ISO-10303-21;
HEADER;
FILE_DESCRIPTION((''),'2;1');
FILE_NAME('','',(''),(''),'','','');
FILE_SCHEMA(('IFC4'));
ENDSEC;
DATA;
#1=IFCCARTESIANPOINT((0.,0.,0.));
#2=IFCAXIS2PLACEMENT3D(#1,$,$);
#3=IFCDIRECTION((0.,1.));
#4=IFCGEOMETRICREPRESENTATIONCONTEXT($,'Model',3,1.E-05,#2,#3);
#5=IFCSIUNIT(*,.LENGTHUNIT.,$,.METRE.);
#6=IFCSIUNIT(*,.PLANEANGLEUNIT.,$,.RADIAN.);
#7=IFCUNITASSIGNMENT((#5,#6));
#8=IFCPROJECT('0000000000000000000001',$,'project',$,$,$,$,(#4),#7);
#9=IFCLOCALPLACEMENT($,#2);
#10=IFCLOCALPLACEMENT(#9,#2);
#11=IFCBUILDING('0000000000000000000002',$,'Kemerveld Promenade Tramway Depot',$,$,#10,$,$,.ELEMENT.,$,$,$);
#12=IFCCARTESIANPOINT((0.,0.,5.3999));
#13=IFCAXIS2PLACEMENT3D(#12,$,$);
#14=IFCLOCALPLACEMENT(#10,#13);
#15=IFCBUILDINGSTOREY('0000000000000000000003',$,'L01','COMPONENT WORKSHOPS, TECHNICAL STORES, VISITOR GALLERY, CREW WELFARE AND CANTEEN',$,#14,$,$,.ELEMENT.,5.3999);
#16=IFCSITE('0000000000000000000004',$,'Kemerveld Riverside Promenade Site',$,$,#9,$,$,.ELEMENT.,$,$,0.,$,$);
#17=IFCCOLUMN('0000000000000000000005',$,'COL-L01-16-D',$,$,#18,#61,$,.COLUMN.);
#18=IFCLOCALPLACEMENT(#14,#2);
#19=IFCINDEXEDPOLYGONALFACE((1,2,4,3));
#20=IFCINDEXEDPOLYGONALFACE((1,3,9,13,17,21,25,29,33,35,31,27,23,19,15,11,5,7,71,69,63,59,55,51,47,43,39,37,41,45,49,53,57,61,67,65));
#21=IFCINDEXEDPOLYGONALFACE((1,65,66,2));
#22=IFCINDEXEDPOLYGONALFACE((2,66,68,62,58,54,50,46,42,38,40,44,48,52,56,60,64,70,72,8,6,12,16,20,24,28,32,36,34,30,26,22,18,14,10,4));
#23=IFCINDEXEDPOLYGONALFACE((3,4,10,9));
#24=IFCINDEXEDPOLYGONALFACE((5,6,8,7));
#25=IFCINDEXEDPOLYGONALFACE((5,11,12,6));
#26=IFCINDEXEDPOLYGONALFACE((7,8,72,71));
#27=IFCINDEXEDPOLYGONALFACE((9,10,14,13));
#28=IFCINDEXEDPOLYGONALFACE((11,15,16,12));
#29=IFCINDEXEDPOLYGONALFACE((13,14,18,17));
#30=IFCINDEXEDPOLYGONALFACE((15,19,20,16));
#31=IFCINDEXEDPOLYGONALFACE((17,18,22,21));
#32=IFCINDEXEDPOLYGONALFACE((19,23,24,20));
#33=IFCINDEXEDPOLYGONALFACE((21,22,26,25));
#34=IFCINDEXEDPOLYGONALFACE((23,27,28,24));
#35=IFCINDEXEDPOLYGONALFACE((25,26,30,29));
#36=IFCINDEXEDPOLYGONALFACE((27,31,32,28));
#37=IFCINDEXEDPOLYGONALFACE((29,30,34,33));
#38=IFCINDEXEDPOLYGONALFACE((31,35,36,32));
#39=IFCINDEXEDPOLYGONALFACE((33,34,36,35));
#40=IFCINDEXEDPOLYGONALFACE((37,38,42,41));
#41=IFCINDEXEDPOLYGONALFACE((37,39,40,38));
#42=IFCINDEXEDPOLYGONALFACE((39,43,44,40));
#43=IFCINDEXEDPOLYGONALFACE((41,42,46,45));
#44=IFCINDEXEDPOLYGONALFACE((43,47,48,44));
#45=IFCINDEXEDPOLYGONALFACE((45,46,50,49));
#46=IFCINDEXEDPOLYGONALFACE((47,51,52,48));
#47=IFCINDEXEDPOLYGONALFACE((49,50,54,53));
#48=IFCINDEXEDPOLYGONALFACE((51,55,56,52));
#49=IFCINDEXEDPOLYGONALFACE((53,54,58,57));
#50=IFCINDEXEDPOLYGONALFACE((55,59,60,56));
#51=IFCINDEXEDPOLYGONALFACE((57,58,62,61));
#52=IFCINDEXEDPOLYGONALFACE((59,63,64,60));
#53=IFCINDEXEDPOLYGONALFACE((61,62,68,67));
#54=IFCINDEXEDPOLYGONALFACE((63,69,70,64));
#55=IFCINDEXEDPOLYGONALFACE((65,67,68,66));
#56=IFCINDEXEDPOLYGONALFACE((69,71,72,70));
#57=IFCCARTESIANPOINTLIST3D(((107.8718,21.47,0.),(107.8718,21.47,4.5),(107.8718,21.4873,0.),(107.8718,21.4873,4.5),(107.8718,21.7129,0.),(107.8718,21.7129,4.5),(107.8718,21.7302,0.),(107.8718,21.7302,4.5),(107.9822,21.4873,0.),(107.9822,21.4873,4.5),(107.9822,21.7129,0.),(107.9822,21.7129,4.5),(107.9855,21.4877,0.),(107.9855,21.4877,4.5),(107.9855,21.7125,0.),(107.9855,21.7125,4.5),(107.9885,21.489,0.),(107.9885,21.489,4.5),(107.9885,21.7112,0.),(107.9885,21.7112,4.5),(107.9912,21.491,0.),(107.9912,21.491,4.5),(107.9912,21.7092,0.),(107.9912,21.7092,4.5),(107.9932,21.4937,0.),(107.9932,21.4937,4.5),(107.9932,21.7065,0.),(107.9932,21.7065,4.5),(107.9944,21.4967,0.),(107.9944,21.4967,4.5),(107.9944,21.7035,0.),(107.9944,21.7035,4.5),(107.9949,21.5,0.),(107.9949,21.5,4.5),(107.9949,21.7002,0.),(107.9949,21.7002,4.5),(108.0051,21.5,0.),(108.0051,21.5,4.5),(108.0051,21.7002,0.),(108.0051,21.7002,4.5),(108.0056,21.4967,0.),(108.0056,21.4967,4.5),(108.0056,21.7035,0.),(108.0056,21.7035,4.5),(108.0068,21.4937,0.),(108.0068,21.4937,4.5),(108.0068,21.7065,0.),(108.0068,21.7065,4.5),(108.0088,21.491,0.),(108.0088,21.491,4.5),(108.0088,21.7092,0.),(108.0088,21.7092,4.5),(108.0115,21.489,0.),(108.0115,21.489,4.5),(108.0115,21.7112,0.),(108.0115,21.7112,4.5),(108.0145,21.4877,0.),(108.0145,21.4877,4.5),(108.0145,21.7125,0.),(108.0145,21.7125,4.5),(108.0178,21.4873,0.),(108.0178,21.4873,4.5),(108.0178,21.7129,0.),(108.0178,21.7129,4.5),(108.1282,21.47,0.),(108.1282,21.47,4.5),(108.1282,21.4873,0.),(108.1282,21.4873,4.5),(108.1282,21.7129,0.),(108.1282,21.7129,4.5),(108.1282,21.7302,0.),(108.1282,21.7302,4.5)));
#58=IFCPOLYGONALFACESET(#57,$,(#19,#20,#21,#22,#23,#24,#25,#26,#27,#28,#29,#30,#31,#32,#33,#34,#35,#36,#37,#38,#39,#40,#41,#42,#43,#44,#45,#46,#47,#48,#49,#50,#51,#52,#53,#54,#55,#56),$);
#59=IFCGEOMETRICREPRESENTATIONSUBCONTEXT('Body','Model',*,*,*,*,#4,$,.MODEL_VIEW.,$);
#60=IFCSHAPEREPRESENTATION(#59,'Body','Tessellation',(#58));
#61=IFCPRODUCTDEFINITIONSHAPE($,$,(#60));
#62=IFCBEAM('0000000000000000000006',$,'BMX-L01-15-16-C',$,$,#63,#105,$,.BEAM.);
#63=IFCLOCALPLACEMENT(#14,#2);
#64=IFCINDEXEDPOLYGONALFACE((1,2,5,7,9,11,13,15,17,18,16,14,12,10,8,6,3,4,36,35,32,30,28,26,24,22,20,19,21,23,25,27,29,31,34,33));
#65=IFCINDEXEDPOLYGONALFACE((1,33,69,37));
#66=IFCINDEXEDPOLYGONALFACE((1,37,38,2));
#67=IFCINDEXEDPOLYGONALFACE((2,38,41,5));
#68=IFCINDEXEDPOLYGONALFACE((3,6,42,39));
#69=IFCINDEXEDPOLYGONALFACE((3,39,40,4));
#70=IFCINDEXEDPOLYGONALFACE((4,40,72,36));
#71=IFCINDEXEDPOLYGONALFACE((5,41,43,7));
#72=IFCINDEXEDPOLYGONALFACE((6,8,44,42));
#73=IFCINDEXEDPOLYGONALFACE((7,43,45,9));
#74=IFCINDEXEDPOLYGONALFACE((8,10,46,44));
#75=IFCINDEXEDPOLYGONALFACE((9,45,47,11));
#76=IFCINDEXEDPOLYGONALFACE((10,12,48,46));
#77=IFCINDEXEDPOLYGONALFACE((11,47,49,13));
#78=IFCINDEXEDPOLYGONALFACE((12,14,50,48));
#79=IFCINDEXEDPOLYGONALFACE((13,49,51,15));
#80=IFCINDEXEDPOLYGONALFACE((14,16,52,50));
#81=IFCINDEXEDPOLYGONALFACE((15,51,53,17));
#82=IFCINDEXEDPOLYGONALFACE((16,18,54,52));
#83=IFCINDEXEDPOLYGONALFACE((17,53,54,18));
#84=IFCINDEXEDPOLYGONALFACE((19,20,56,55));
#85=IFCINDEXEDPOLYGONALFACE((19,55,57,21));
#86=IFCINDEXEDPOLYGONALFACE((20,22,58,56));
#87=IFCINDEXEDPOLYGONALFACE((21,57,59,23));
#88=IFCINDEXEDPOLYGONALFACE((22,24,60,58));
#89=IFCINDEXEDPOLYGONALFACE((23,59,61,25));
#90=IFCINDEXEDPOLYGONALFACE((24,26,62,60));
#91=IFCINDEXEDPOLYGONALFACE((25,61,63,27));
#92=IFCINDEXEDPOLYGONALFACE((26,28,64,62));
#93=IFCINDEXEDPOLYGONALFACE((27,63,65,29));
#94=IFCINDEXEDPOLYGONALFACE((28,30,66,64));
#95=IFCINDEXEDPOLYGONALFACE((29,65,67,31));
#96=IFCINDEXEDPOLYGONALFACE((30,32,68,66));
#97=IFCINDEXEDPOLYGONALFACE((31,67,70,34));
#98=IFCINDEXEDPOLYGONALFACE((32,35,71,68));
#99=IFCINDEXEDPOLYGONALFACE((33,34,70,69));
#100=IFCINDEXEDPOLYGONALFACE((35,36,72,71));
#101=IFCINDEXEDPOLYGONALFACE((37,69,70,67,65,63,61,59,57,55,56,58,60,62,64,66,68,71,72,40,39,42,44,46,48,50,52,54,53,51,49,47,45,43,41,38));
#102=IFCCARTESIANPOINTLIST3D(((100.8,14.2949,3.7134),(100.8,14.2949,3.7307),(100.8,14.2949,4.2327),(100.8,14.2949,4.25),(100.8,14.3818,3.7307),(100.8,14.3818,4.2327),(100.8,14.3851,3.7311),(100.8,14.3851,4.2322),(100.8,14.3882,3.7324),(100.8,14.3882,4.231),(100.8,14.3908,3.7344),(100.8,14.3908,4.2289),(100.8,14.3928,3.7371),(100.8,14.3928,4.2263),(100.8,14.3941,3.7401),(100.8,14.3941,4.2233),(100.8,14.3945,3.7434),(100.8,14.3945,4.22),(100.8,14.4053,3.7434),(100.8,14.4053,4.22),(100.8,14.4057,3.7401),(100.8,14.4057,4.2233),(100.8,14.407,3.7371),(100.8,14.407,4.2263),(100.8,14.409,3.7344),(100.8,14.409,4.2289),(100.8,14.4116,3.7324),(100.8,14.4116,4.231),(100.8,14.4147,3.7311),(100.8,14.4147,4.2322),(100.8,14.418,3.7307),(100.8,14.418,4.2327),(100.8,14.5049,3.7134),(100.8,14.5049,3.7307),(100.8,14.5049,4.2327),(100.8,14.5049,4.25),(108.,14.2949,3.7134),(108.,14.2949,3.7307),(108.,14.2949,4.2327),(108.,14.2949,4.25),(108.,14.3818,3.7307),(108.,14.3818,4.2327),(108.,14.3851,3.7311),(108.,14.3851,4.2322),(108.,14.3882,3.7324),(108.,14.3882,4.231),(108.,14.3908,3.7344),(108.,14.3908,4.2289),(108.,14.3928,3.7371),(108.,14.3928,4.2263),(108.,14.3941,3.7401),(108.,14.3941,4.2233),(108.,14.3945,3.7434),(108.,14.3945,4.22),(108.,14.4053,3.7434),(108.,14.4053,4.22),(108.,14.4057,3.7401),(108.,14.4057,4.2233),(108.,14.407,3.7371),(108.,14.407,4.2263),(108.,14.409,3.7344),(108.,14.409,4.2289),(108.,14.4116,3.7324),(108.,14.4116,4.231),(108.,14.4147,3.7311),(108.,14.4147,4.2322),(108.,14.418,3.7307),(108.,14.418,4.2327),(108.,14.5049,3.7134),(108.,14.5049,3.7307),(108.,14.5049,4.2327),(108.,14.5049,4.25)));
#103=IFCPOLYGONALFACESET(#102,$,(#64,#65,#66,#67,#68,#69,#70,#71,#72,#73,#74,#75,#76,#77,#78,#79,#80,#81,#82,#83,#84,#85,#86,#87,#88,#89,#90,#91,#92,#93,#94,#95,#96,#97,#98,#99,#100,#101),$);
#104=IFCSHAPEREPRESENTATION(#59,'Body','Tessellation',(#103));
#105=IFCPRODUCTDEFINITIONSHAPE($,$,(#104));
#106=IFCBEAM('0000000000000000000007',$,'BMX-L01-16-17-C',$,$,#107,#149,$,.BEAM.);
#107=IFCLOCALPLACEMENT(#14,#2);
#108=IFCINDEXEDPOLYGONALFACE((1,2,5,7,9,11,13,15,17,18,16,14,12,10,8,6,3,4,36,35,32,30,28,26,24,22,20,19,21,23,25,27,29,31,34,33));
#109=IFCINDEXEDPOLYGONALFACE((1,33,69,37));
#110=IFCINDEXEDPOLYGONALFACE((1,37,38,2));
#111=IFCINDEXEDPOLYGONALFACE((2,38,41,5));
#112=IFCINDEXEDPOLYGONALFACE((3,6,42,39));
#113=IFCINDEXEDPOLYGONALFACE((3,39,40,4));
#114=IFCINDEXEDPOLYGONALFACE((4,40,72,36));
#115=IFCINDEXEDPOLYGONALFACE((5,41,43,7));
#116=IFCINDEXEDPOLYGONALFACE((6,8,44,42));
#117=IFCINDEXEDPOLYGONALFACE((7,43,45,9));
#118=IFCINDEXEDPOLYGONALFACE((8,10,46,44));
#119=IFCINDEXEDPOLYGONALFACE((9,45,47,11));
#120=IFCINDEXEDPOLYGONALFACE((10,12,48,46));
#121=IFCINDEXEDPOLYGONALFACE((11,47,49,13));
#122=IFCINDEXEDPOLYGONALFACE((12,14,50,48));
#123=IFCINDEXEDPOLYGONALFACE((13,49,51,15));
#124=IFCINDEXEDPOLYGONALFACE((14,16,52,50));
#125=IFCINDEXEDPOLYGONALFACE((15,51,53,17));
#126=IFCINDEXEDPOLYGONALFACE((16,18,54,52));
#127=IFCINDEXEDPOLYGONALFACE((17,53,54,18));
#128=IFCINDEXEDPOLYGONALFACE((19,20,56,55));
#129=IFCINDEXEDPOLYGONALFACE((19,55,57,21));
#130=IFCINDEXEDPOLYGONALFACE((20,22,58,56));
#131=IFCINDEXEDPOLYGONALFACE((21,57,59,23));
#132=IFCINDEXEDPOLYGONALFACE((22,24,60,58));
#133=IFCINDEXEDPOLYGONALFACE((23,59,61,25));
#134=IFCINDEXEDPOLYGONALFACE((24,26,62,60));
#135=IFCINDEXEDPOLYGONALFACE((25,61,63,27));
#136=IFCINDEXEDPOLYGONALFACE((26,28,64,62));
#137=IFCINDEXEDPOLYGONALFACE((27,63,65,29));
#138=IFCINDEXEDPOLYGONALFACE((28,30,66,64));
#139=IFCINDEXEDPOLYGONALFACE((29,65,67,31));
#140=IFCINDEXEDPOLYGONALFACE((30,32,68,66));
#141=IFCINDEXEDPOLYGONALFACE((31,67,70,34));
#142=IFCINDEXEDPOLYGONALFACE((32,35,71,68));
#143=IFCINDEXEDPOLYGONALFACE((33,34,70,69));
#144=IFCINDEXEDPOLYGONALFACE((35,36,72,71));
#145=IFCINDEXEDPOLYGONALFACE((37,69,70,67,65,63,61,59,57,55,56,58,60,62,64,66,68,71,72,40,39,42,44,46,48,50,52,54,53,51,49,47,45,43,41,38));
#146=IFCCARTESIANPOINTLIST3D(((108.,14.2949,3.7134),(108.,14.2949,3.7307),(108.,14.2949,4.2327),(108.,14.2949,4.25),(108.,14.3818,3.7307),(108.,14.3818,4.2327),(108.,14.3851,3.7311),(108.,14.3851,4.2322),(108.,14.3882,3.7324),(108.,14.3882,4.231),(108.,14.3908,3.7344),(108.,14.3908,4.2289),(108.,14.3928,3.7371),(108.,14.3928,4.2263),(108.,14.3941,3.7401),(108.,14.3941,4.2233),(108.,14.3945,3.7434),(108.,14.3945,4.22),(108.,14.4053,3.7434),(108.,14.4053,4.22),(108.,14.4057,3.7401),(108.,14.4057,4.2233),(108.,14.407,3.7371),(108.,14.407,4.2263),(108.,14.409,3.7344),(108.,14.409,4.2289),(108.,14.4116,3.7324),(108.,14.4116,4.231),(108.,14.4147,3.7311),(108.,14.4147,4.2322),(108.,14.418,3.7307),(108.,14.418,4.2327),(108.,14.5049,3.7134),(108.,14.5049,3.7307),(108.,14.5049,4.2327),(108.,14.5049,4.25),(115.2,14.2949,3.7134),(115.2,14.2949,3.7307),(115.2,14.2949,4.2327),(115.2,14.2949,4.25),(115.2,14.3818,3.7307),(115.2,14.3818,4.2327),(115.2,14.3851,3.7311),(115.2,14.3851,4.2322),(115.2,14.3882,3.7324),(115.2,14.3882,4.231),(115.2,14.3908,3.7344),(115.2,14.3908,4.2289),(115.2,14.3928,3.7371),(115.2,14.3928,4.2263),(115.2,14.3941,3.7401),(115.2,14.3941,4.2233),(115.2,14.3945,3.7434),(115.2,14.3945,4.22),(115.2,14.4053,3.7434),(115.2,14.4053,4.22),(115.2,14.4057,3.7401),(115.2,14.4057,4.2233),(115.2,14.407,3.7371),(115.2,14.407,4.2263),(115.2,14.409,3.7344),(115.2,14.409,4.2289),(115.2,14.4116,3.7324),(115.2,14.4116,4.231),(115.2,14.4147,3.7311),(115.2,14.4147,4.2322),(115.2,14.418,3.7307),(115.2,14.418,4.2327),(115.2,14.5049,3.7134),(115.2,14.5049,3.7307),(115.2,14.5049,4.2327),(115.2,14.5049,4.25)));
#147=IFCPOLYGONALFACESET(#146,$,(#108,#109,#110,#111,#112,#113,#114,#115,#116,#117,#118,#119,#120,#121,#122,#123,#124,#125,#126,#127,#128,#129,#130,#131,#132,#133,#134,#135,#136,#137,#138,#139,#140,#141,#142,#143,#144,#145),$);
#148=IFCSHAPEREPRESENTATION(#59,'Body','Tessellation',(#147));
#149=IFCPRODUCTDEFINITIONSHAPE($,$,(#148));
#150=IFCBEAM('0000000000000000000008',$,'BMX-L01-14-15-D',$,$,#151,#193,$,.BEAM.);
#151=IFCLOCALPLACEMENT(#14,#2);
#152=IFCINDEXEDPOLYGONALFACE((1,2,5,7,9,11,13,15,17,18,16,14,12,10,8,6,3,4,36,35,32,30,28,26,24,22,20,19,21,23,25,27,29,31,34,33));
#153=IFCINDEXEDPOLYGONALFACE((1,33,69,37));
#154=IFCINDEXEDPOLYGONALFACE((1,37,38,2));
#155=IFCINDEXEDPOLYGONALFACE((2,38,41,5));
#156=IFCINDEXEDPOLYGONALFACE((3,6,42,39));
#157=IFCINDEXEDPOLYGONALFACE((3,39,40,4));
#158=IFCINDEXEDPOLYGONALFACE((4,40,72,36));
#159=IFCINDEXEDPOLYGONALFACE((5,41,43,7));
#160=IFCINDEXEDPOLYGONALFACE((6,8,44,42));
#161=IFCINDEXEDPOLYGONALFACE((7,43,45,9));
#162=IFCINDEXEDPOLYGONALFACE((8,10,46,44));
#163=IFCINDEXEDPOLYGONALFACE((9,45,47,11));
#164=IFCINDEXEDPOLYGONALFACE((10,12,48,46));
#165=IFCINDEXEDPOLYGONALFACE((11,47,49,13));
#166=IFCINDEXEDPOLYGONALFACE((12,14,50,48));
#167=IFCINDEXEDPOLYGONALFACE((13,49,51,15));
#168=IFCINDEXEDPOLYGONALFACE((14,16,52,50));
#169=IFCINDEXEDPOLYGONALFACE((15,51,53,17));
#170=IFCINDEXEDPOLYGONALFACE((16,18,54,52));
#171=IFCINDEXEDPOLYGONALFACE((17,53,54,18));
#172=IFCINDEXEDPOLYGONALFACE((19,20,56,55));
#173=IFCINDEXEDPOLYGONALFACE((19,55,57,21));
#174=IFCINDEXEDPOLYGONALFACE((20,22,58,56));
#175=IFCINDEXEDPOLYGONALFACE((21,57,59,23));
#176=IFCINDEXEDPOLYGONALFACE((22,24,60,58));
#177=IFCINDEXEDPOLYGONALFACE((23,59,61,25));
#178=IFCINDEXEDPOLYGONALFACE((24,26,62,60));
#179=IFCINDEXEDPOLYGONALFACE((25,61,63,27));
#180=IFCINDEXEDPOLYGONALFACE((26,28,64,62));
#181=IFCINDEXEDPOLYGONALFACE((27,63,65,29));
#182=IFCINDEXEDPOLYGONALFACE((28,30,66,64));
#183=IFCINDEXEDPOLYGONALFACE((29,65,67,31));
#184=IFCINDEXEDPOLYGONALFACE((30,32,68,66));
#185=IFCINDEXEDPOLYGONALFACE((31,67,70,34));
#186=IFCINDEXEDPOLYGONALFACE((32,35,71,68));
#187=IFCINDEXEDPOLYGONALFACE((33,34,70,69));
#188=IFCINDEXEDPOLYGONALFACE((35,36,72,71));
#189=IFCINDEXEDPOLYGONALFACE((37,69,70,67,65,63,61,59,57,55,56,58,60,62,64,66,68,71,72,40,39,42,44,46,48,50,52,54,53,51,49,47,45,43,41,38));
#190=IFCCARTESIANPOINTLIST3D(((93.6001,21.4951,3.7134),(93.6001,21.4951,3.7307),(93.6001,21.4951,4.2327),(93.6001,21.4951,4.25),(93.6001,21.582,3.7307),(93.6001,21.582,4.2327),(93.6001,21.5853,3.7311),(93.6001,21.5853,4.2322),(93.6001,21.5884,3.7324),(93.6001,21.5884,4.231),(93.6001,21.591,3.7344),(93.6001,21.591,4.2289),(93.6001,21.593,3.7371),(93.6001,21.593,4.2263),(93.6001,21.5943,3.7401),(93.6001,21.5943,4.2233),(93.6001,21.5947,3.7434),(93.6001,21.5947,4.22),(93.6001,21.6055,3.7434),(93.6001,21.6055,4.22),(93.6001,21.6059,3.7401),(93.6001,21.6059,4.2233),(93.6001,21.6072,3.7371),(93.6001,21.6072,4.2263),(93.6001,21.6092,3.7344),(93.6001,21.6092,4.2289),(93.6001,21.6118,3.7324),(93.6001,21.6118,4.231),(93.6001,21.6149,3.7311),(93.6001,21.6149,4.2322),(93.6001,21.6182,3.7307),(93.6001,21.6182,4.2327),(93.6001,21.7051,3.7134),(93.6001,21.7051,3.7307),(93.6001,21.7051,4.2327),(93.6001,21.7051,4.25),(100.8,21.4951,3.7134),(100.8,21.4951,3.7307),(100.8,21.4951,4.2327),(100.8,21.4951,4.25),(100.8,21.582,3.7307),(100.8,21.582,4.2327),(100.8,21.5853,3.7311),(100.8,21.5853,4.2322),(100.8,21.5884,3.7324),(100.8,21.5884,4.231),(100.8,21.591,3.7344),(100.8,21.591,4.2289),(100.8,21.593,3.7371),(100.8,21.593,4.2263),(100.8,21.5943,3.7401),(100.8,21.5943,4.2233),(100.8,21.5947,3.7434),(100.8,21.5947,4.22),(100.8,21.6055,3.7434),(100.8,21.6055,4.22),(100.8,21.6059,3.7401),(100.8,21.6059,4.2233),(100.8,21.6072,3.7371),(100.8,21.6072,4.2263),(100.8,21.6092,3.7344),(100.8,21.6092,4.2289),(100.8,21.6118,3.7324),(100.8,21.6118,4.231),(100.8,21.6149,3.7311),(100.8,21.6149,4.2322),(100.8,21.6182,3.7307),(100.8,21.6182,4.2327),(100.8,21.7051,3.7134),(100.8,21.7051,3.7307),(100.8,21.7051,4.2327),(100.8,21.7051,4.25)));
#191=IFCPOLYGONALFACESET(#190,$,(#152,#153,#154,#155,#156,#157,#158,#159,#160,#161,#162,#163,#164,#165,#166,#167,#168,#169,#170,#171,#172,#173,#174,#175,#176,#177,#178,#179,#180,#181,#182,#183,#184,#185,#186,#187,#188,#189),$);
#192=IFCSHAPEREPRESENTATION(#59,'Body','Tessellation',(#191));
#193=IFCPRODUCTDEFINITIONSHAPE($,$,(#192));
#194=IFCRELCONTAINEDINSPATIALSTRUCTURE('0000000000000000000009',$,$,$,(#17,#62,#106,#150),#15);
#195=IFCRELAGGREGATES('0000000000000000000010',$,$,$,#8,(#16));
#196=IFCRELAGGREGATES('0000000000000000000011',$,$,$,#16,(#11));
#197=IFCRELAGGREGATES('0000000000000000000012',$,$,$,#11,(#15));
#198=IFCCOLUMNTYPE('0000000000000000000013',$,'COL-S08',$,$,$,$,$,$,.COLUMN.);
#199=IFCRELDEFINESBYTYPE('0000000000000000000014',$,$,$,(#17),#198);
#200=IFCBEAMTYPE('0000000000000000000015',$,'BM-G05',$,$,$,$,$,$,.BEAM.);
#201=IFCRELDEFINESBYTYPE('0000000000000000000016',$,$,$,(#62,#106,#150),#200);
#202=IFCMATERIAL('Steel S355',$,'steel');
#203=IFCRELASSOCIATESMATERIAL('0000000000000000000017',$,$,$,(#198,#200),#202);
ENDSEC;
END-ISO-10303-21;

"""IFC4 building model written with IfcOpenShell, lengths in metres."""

from ifc_helpers import new_model, si_unit, direction, frame, origin, origin_2d, place, context, subcontext, project, spatial, i_section, extrude, material, material_profile, profile_set, type_object, element, save


model = new_model("IFC4")

# Units and contexts
model_context = context("Model", 3, precision=1e-05, world=origin(), true_north=direction((0.0, 1.0)))
body_context = subcontext(model_context, "Body", "Model", "MODEL_VIEW")
ifc_project = project(units=[si_unit("LENGTHUNIT", "METRE"), si_unit("PLANEANGLEUNIT", "RADIAN")], contexts=[model_context])

# Site, building, storey
site_placement = place(None, origin())
site = spatial("IfcSite", under=ifc_project, at=site_placement, Name="Kemerveld Riverside Promenade Site", CompositionType="ELEMENT", RefElevation=0.0)
building_placement = place(site_placement, origin())
building = spatial("IfcBuilding", under=site, at=building_placement, Name="Kemerveld Promenade Tramway Depot", CompositionType="ELEMENT")
storey_placement = place(building_placement, frame((0.0, 0.0, 5.3999)))
storey = spatial("IfcBuildingStorey", under=building, at=storey_placement, Name="L01", Description="COMPONENT WORKSHOPS, TECHNICAL STORES, VISITOR GALLERY, CREW WELFARE AND CANTEEN", CompositionType="ELEMENT", Elevation=5.3999)

# Column
ifc_material_1 = material(Name="Steel S355", Category="steel")
ifc_material_profile_1 = material_profile(ifc_material_1, i_section(OverallWidth=0.2563, OverallDepth=0.2603, WebThickness=0.0103, FlangeThickness=0.0173, FilletRadius=0.0127, at=origin_2d()), Name="254x254x89 UC")
ifc_profile_set_1 = profile_set([ifc_material_profile_1], Name="Steel S355")
column_type = type_object("IfcColumnType", Name="COL-S08", PredefinedType="COLUMN", material=ifc_profile_set_1)
for number, where, z_axis, x_axis, name in (
    (1, (108.0, 21.6001, 0.0), (0.0, 0.0, 1.0), (1.0, 0.0, 0.0), "COL-L01-16-D"),
):
    element("IfcColumn", number, at=place(storey_placement, frame(where, z_axis=z_axis, x_axis=x_axis)), inside=storey, type_object=column_type, Name=name, PredefinedType="COLUMN", context=body_context, shape_type="SweptSolid", body=[
        extrude(i_section(OverallWidth=0.2563, OverallDepth=0.2603, WebThickness=0.0103, FlangeThickness=0.0173, FilletRadius=0.0127, at=origin_2d()), origin(), (0.0, 0.0, 1.0), 4.5),
    ])

# Beams
ifc_material_profile_2 = material_profile(ifc_material_1, i_section(OverallWidth=0.21, OverallDepth=0.5366, WebThickness=0.0107, FlangeThickness=0.0173, FilletRadius=0.0127, at=origin_2d()), Name="533x210x101 UB")
ifc_profile_set_2 = profile_set([ifc_material_profile_2], Name="Steel S355")
beam_type_1 = type_object("IfcBeamType", Name="BM-G05", PredefinedType="BEAM", material=ifc_profile_set_2)
for number, where, z_axis, x_axis, name in (
    (2, (100.8, 14.3999, 3.9817), (1.0, 0.0, 0.0), (0.0, 1.0, 0.0), "BMX-L01-15-16-C"),
    (3, (108.0, 14.3999, 3.9817), (1.0, 0.0, 0.0), (0.0, 1.0, 0.0), "BMX-L01-16-17-C"),
    (4, (93.6001, 21.6001, 3.9817), (1.0, 0.0, 0.0), (0.0, 1.0, 0.0), "BMX-L01-14-15-D"),
):
    element("IfcBeam", number, at=place(storey_placement, frame(where, z_axis=z_axis, x_axis=x_axis)), inside=storey, type_object=beam_type_1, Name=name, PredefinedType="BEAM", context=body_context, shape_type="SweptSolid", body=[
        extrude(i_section(OverallWidth=0.21, OverallDepth=0.5366, WebThickness=0.0107, FlangeThickness=0.0173, FilletRadius=0.0127, at=origin_2d()), origin(), (0.0, 0.0, 1.0), 7.2),
    ])

save(model, "model.ifc")
